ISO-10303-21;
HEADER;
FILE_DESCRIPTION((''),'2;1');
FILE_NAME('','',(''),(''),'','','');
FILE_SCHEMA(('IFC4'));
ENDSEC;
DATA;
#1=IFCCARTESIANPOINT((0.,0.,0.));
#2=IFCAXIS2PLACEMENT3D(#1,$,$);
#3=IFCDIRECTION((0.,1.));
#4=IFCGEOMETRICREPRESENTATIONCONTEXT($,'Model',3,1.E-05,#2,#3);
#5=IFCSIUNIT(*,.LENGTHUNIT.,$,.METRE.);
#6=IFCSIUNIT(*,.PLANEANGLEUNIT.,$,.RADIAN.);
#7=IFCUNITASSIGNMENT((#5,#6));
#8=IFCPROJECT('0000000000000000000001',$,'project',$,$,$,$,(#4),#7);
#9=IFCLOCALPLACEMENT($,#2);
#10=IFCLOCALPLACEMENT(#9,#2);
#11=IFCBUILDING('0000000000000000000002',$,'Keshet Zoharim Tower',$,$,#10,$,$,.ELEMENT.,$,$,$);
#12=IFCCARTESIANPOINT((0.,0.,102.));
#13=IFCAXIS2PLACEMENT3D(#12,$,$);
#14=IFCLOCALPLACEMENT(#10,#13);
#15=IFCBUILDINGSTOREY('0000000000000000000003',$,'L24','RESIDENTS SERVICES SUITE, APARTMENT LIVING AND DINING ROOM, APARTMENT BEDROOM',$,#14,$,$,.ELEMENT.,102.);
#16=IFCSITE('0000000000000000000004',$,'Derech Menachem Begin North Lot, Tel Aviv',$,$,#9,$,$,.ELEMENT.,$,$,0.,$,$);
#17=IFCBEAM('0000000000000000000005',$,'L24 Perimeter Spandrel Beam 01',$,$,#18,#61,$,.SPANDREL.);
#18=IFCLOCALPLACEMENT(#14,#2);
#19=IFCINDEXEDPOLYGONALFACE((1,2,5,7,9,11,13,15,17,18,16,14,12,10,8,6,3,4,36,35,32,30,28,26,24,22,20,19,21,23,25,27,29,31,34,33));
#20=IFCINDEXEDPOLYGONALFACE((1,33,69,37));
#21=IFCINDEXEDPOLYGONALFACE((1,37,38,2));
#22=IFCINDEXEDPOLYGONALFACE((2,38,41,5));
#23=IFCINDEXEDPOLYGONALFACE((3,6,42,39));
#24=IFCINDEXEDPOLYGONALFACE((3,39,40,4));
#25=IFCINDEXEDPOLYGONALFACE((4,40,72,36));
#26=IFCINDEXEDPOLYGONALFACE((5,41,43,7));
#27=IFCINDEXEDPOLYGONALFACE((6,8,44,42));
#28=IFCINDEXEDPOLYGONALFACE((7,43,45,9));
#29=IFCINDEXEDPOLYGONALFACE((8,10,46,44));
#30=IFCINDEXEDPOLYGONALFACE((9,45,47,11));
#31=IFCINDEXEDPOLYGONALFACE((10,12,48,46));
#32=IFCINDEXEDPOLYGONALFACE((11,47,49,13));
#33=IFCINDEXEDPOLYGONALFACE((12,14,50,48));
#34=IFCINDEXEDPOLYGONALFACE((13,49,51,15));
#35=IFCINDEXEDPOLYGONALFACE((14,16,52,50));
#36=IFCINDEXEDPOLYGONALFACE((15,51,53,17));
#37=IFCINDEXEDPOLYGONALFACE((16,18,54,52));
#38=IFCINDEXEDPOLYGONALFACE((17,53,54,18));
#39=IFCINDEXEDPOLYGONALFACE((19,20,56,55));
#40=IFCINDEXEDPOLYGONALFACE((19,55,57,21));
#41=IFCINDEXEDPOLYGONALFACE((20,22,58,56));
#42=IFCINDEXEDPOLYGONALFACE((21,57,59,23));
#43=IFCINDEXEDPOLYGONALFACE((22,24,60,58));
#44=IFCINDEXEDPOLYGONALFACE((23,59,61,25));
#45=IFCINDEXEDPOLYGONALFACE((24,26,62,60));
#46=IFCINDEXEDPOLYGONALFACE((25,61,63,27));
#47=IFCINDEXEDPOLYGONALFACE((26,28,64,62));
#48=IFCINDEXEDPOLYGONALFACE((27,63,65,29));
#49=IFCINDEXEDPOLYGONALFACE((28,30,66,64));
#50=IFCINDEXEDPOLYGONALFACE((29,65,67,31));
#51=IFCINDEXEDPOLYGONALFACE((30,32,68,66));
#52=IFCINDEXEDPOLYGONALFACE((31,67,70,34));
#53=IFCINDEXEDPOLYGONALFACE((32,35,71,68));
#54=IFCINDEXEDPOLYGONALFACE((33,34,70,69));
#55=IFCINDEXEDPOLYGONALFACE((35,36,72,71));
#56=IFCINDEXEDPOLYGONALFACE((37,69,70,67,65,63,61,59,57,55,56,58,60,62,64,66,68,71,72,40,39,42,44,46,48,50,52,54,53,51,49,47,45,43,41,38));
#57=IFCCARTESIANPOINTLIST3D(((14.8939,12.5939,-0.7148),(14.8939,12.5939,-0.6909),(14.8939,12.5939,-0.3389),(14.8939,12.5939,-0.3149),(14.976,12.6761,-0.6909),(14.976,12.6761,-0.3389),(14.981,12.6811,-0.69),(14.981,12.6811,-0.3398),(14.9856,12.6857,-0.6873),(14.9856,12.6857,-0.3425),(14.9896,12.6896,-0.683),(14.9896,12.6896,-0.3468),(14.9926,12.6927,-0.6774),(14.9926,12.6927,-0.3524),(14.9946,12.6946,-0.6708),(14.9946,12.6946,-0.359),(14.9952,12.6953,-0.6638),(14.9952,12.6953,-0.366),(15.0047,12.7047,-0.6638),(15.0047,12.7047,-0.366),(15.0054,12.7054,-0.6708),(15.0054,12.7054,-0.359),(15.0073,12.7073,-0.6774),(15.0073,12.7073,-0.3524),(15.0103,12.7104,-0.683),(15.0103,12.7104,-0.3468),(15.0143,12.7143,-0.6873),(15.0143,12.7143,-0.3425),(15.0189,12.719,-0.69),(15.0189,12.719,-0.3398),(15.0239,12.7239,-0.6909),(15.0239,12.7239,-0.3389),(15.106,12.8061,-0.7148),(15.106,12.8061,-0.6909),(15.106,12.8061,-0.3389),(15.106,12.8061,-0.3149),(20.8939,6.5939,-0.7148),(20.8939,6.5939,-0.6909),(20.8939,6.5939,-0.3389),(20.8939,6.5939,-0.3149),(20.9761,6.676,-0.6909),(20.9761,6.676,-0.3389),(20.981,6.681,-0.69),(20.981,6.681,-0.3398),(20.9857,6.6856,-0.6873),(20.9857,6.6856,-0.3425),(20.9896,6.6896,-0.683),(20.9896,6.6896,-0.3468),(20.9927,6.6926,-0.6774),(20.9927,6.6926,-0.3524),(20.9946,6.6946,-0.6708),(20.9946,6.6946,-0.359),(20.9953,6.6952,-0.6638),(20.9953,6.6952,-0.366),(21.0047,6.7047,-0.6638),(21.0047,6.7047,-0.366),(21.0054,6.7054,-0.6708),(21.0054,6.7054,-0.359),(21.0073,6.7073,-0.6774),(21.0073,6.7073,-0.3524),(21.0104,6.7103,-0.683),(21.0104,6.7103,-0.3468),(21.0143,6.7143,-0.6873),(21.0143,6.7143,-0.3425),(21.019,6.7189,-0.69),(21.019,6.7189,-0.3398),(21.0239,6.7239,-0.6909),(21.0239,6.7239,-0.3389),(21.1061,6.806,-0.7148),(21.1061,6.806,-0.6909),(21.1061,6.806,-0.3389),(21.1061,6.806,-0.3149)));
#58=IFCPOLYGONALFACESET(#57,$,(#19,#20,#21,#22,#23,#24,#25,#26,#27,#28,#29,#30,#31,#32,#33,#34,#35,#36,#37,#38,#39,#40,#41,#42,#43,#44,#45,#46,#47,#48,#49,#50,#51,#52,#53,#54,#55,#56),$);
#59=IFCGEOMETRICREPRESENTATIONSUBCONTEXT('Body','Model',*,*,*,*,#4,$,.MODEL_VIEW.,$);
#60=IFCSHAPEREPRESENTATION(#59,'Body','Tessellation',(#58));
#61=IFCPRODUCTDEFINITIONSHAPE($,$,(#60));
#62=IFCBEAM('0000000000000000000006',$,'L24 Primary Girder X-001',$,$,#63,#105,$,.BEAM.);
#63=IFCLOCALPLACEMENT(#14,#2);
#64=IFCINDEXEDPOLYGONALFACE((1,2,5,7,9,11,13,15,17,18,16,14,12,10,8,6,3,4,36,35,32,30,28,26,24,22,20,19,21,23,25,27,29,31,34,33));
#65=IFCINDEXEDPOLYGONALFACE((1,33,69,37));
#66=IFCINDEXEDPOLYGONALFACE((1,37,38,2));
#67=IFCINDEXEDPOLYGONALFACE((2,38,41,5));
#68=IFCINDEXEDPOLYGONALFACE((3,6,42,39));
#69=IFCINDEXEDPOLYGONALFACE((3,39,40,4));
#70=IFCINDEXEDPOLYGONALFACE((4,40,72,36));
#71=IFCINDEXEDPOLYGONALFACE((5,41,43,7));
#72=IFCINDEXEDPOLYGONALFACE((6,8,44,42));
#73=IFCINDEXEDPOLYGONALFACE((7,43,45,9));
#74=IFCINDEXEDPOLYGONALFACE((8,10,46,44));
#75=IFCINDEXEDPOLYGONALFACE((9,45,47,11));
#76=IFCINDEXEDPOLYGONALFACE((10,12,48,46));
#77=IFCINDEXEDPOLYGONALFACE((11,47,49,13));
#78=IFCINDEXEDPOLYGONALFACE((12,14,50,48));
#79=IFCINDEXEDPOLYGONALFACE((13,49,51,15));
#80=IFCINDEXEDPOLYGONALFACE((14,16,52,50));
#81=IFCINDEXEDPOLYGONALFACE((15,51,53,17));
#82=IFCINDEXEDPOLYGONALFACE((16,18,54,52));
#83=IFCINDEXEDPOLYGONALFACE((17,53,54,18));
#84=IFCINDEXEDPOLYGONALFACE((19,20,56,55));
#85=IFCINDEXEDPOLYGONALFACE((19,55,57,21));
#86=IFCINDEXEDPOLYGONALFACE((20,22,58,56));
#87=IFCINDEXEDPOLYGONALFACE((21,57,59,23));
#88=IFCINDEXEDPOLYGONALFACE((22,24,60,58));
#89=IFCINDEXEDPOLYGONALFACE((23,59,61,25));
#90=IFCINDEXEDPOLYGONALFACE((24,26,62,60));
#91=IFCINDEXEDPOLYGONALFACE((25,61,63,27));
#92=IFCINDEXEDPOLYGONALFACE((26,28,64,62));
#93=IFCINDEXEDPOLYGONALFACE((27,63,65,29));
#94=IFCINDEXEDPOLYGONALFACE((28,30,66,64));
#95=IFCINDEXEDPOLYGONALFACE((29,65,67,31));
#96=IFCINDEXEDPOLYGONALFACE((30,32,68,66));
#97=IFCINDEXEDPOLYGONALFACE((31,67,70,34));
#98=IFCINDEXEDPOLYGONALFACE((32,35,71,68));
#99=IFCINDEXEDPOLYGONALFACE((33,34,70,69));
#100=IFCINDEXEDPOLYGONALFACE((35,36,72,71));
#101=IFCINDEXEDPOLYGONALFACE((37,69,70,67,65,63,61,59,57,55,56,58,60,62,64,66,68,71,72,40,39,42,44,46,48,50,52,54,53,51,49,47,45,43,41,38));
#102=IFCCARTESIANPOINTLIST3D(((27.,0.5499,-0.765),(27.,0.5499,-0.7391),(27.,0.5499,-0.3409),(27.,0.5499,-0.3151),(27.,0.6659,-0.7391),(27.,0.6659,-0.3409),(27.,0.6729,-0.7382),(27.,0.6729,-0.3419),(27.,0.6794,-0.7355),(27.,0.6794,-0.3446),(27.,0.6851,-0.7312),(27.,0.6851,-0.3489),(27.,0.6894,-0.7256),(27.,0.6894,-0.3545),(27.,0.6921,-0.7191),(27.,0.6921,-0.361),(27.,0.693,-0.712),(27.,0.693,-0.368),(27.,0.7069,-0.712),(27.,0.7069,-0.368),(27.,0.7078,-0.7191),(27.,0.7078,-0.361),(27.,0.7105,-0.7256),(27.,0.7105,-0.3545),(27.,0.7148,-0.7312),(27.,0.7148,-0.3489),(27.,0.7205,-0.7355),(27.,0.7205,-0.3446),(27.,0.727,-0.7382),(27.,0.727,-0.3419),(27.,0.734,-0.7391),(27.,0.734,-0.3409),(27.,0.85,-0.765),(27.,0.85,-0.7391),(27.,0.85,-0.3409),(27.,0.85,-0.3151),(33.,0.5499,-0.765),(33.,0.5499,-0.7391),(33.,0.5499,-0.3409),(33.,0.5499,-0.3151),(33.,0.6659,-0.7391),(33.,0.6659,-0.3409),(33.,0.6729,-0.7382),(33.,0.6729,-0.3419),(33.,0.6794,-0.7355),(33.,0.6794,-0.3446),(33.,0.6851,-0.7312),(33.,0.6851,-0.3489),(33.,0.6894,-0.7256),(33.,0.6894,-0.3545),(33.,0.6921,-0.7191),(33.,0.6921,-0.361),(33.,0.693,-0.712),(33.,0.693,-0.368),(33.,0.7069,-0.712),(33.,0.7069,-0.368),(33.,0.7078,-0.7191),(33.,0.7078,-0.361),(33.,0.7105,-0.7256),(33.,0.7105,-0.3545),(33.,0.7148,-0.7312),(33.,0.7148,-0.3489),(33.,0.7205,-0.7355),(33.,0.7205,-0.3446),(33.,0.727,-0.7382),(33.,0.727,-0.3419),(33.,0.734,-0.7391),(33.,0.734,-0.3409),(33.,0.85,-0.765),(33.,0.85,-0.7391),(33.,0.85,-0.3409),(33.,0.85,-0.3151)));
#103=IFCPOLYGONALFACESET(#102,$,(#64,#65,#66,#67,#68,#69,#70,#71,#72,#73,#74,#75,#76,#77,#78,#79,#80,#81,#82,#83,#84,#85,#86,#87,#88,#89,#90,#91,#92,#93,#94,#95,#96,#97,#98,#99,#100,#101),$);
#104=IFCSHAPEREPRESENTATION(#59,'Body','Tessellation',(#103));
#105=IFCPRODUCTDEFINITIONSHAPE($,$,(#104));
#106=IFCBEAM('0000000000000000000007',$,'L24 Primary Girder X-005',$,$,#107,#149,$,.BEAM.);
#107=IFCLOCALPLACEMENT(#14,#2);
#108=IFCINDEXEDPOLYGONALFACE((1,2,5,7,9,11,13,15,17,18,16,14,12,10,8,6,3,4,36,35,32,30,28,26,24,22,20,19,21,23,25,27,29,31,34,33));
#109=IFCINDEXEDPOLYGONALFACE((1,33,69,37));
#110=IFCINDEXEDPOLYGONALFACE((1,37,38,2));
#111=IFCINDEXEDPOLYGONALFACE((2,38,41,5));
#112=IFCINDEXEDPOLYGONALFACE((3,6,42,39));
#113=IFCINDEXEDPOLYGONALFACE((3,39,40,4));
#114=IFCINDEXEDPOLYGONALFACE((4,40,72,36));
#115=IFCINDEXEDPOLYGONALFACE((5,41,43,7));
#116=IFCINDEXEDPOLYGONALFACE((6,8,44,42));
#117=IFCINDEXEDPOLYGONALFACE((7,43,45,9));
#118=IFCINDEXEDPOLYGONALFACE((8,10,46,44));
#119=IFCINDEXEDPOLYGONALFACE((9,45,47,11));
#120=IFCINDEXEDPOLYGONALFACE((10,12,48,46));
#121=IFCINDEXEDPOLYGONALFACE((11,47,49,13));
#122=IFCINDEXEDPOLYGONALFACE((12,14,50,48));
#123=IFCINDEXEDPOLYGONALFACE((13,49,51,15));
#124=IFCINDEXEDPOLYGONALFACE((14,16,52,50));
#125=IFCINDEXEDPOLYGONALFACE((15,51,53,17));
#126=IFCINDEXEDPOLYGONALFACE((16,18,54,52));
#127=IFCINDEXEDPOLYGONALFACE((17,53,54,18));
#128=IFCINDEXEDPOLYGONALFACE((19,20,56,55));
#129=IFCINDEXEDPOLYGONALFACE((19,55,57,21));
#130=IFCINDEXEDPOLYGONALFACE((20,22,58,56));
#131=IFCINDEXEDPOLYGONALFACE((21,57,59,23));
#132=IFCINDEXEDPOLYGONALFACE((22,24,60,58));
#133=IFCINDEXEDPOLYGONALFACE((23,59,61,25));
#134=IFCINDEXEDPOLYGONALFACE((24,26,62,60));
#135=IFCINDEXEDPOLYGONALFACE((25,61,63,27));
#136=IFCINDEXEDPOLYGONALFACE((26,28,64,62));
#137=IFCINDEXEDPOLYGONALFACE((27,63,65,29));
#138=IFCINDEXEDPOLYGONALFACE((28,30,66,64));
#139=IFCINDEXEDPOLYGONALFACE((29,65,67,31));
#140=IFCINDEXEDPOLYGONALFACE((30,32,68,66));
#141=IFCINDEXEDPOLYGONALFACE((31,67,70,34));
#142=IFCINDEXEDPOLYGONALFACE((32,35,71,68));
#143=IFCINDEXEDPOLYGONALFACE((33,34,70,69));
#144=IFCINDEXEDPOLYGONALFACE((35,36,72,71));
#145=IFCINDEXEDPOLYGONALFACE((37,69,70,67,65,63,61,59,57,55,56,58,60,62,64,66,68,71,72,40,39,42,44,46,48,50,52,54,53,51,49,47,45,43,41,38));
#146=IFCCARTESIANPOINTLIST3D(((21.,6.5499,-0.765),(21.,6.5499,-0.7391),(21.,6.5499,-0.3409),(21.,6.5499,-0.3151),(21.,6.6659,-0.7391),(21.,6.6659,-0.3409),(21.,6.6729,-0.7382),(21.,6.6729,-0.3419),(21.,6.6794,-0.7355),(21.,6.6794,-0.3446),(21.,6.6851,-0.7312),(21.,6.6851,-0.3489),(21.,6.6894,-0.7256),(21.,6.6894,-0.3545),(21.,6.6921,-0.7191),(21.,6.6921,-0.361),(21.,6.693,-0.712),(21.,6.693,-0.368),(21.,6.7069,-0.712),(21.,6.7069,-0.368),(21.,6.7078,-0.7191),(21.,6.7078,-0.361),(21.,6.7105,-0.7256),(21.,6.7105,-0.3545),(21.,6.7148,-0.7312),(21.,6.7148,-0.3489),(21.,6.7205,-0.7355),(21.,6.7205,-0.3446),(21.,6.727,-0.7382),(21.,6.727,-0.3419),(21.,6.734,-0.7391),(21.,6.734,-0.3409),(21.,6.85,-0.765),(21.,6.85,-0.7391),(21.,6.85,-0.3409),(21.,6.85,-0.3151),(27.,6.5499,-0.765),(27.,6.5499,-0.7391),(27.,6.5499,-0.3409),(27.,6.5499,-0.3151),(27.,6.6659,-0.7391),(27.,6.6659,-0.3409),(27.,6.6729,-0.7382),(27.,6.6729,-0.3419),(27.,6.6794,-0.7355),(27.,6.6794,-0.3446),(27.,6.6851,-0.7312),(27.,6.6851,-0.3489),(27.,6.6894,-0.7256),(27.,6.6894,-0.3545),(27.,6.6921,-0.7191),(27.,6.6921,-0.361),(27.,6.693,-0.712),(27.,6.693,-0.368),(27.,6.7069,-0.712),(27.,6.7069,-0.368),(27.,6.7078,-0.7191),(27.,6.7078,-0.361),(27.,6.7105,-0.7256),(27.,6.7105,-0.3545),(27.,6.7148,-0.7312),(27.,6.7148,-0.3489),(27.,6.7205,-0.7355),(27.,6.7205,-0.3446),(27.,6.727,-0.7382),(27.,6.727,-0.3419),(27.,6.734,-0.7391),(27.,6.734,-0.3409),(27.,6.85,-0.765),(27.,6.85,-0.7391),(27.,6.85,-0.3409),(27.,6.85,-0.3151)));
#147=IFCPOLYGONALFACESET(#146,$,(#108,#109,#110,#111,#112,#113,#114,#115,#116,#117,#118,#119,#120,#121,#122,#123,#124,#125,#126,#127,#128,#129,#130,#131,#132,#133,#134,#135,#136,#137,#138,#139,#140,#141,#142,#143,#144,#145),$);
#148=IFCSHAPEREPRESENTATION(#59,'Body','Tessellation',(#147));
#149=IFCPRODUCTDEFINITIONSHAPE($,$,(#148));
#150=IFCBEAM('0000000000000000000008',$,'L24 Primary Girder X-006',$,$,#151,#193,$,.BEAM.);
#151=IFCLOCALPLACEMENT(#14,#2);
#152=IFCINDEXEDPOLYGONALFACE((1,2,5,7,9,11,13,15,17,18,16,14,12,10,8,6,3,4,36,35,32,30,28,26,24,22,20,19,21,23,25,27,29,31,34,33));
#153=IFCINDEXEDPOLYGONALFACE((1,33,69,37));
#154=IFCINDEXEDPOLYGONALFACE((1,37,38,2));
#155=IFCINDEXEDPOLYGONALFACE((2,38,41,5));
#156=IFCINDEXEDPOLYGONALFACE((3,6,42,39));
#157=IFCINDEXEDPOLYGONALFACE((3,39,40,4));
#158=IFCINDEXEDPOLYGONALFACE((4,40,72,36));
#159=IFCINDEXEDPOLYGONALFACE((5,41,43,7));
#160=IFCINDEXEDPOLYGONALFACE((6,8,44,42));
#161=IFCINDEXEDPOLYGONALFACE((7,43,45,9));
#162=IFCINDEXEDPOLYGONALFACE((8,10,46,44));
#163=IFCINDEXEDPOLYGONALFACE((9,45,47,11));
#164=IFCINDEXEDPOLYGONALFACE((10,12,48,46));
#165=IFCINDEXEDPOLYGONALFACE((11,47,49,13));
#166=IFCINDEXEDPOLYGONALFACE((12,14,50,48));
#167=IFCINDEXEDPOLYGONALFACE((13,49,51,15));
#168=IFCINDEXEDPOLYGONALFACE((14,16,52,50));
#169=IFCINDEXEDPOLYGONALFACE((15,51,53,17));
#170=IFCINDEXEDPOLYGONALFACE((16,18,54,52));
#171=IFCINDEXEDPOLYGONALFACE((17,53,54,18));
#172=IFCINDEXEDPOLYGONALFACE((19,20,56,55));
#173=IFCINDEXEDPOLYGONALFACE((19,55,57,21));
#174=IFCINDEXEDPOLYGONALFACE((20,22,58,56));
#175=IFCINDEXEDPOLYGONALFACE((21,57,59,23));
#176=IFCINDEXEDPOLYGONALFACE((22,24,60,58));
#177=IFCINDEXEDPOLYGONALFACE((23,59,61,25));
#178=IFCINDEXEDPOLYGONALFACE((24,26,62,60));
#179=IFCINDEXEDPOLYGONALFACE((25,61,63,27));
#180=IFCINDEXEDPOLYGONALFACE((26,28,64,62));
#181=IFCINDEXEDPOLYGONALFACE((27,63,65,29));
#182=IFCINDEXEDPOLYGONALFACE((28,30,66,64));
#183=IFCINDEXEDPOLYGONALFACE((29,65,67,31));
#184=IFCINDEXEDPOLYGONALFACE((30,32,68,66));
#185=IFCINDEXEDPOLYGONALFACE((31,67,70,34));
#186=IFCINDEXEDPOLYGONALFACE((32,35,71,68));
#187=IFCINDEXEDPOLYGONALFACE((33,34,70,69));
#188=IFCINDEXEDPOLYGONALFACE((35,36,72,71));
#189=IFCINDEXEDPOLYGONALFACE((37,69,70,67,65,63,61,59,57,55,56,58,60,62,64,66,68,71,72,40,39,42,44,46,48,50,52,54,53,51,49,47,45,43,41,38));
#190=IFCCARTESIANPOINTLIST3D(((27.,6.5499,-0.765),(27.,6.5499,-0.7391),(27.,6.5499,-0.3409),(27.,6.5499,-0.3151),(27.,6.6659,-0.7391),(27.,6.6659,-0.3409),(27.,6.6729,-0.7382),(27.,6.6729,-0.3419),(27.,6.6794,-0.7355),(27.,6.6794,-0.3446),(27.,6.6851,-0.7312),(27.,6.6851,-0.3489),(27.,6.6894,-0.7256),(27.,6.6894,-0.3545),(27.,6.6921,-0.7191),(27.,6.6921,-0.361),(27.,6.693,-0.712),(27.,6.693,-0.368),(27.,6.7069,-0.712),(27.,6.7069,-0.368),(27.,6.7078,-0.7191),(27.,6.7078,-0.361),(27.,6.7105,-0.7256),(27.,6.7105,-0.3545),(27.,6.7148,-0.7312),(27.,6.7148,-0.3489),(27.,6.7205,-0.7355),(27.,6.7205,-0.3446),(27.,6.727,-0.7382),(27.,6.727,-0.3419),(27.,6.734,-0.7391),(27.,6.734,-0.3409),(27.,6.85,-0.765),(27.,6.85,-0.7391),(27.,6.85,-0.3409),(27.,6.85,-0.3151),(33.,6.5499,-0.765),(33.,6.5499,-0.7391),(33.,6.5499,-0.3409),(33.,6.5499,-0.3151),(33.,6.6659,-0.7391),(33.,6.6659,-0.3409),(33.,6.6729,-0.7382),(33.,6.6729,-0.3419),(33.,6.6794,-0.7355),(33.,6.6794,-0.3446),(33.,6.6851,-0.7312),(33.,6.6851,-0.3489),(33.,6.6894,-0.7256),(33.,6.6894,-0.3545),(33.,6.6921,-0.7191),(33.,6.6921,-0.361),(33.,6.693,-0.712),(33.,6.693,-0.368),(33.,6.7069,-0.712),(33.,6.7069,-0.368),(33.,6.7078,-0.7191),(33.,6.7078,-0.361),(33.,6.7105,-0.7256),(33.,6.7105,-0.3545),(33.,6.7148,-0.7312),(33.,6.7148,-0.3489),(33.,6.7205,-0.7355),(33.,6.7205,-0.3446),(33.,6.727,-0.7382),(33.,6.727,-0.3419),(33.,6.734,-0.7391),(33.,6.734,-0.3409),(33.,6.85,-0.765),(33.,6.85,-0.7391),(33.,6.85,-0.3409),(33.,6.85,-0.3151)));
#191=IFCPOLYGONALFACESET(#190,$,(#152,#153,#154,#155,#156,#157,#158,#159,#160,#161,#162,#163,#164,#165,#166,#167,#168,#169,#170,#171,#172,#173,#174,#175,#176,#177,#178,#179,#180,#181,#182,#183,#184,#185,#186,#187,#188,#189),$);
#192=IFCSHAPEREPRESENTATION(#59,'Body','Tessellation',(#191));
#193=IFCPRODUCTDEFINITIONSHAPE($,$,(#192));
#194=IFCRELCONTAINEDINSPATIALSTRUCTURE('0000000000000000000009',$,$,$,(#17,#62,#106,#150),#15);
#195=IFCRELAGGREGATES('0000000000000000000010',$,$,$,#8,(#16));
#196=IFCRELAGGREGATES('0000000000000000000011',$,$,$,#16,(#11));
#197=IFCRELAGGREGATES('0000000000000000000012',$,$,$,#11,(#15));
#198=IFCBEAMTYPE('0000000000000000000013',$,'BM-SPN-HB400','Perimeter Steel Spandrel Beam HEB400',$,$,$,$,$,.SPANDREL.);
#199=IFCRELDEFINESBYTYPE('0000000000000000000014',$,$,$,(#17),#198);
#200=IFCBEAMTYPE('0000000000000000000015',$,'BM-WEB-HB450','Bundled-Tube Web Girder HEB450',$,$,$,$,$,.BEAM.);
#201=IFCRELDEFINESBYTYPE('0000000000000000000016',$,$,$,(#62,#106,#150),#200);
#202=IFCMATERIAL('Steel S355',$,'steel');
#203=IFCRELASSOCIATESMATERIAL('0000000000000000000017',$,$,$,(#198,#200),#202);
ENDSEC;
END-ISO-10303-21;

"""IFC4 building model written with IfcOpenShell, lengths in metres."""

from ifc_helpers import new_model, si_unit, direction, frame, origin, origin_2d, place, context, subcontext, project, spatial, i_section, extrude, material, material_profile, profile_set, type_object, element, save


model = new_model("IFC4")

# Units and contexts
model_context = context("Model", 3, precision=1e-05, world=origin(), true_north=direction((0.0, 1.0)))
body_context = subcontext(model_context, "Body", "Model", "MODEL_VIEW")
ifc_project = project(units=[si_unit("LENGTHUNIT", "METRE"), si_unit("PLANEANGLEUNIT", "RADIAN")], contexts=[model_context])

# Site, building, storey
site_placement = place(None, origin())
site = spatial("IfcSite", under=ifc_project, at=site_placement, Name="Derech Menachem Begin North Lot, Tel Aviv", CompositionType="ELEMENT", RefElevation=0.0)
building_placement = place(site_placement, origin())
building = spatial("IfcBuilding", under=site, at=building_placement, Name="Keshet Zoharim Tower", CompositionType="ELEMENT")
storey_placement = place(building_placement, frame((0.0, 0.0, 102.0)))
storey = spatial("IfcBuildingStorey", under=building, at=storey_placement, Name="L24", Description="RESIDENTS SERVICES SUITE, APARTMENT LIVING AND DINING ROOM, APARTMENT BEDROOM", CompositionType="ELEMENT", Elevation=102.0)

# Shared definitions
ifc_material_1 = material(Name="Steel S355", Category="steel")

# Beams
ifc_material_profile_1 = material_profile(ifc_material_1, i_section(OverallWidth=0.3, OverallDepth=0.3999, WebThickness=0.0134, FlangeThickness=0.0239, FilletRadius=0.0271, at=origin_2d()), Name="HEB400")
ifc_profile_set_1 = profile_set([ifc_material_profile_1], Name="Steel S355")
beam_type_1 = type_object("IfcBeamType", Name="BM-SPN-HB400", Description="Perimeter Steel Spandrel Beam HEB400", PredefinedType="SPANDREL", material=ifc_profile_set_1)
beam_1_placement = place(storey_placement, frame((21.0, 6.7, -0.5149), z_axis=(-0.707107, 0.707107, 0.0), x_axis=(-0.707107, -0.707107, 0.0)))
element("IfcBeam", 1, at=beam_1_placement, inside=storey, type_object=beam_type_1, Name="L24 Perimeter Spandrel Beam 01", PredefinedType="SPANDREL", context=body_context, shape_type="SweptSolid", body=[
    extrude(i_section(OverallWidth=0.3, OverallDepth=0.3999, WebThickness=0.0134, FlangeThickness=0.0239, FilletRadius=0.0271, at=origin_2d()), origin(), (0.0, 0.0, 1.0), 8.4854),
])
ifc_material_profile_2 = material_profile(ifc_material_1, i_section(OverallWidth=0.3, OverallDepth=0.45, WebThickness=0.0139, FlangeThickness=0.0259, FilletRadius=0.0271, at=origin_2d()), Name="HEB450")
ifc_profile_set_2 = profile_set([ifc_material_profile_2], Name="Steel S355")
beam_type_2 = type_object("IfcBeamType", Name="BM-WEB-HB450", Description="Bundled-Tube Web Girder HEB450", PredefinedType="BEAM", material=ifc_profile_set_2)
for number, where, z_axis, x_axis, name in (
    (2, (27.0, 0.7, -0.54), (1.0, 0.0, 0.0), (0.0, 1.0, 0.0), "L24 Primary Girder X-001"),
    (3, (21.0, 6.7, -0.54), (1.0, 0.0, 0.0), (0.0, 1.0, 0.0), "L24 Primary Girder X-005"),
    (4, (27.0, 6.7, -0.54), (1.0, 0.0, 0.0), (0.0, 1.0, 0.0), "L24 Primary Girder X-006"),
):
    element("IfcBeam", number, at=place(storey_placement, frame(where, z_axis=z_axis, x_axis=x_axis)), inside=storey, type_object=beam_type_2, Name=name, PredefinedType="BEAM", context=body_context, shape_type="SweptSolid", body=[
        extrude(i_section(OverallWidth=0.3, OverallDepth=0.45, WebThickness=0.0139, FlangeThickness=0.0259, FilletRadius=0.0271, at=origin_2d()), origin(), (0.0, 0.0, 1.0), 6.0),
    ])

save(model, "model.ifc")
